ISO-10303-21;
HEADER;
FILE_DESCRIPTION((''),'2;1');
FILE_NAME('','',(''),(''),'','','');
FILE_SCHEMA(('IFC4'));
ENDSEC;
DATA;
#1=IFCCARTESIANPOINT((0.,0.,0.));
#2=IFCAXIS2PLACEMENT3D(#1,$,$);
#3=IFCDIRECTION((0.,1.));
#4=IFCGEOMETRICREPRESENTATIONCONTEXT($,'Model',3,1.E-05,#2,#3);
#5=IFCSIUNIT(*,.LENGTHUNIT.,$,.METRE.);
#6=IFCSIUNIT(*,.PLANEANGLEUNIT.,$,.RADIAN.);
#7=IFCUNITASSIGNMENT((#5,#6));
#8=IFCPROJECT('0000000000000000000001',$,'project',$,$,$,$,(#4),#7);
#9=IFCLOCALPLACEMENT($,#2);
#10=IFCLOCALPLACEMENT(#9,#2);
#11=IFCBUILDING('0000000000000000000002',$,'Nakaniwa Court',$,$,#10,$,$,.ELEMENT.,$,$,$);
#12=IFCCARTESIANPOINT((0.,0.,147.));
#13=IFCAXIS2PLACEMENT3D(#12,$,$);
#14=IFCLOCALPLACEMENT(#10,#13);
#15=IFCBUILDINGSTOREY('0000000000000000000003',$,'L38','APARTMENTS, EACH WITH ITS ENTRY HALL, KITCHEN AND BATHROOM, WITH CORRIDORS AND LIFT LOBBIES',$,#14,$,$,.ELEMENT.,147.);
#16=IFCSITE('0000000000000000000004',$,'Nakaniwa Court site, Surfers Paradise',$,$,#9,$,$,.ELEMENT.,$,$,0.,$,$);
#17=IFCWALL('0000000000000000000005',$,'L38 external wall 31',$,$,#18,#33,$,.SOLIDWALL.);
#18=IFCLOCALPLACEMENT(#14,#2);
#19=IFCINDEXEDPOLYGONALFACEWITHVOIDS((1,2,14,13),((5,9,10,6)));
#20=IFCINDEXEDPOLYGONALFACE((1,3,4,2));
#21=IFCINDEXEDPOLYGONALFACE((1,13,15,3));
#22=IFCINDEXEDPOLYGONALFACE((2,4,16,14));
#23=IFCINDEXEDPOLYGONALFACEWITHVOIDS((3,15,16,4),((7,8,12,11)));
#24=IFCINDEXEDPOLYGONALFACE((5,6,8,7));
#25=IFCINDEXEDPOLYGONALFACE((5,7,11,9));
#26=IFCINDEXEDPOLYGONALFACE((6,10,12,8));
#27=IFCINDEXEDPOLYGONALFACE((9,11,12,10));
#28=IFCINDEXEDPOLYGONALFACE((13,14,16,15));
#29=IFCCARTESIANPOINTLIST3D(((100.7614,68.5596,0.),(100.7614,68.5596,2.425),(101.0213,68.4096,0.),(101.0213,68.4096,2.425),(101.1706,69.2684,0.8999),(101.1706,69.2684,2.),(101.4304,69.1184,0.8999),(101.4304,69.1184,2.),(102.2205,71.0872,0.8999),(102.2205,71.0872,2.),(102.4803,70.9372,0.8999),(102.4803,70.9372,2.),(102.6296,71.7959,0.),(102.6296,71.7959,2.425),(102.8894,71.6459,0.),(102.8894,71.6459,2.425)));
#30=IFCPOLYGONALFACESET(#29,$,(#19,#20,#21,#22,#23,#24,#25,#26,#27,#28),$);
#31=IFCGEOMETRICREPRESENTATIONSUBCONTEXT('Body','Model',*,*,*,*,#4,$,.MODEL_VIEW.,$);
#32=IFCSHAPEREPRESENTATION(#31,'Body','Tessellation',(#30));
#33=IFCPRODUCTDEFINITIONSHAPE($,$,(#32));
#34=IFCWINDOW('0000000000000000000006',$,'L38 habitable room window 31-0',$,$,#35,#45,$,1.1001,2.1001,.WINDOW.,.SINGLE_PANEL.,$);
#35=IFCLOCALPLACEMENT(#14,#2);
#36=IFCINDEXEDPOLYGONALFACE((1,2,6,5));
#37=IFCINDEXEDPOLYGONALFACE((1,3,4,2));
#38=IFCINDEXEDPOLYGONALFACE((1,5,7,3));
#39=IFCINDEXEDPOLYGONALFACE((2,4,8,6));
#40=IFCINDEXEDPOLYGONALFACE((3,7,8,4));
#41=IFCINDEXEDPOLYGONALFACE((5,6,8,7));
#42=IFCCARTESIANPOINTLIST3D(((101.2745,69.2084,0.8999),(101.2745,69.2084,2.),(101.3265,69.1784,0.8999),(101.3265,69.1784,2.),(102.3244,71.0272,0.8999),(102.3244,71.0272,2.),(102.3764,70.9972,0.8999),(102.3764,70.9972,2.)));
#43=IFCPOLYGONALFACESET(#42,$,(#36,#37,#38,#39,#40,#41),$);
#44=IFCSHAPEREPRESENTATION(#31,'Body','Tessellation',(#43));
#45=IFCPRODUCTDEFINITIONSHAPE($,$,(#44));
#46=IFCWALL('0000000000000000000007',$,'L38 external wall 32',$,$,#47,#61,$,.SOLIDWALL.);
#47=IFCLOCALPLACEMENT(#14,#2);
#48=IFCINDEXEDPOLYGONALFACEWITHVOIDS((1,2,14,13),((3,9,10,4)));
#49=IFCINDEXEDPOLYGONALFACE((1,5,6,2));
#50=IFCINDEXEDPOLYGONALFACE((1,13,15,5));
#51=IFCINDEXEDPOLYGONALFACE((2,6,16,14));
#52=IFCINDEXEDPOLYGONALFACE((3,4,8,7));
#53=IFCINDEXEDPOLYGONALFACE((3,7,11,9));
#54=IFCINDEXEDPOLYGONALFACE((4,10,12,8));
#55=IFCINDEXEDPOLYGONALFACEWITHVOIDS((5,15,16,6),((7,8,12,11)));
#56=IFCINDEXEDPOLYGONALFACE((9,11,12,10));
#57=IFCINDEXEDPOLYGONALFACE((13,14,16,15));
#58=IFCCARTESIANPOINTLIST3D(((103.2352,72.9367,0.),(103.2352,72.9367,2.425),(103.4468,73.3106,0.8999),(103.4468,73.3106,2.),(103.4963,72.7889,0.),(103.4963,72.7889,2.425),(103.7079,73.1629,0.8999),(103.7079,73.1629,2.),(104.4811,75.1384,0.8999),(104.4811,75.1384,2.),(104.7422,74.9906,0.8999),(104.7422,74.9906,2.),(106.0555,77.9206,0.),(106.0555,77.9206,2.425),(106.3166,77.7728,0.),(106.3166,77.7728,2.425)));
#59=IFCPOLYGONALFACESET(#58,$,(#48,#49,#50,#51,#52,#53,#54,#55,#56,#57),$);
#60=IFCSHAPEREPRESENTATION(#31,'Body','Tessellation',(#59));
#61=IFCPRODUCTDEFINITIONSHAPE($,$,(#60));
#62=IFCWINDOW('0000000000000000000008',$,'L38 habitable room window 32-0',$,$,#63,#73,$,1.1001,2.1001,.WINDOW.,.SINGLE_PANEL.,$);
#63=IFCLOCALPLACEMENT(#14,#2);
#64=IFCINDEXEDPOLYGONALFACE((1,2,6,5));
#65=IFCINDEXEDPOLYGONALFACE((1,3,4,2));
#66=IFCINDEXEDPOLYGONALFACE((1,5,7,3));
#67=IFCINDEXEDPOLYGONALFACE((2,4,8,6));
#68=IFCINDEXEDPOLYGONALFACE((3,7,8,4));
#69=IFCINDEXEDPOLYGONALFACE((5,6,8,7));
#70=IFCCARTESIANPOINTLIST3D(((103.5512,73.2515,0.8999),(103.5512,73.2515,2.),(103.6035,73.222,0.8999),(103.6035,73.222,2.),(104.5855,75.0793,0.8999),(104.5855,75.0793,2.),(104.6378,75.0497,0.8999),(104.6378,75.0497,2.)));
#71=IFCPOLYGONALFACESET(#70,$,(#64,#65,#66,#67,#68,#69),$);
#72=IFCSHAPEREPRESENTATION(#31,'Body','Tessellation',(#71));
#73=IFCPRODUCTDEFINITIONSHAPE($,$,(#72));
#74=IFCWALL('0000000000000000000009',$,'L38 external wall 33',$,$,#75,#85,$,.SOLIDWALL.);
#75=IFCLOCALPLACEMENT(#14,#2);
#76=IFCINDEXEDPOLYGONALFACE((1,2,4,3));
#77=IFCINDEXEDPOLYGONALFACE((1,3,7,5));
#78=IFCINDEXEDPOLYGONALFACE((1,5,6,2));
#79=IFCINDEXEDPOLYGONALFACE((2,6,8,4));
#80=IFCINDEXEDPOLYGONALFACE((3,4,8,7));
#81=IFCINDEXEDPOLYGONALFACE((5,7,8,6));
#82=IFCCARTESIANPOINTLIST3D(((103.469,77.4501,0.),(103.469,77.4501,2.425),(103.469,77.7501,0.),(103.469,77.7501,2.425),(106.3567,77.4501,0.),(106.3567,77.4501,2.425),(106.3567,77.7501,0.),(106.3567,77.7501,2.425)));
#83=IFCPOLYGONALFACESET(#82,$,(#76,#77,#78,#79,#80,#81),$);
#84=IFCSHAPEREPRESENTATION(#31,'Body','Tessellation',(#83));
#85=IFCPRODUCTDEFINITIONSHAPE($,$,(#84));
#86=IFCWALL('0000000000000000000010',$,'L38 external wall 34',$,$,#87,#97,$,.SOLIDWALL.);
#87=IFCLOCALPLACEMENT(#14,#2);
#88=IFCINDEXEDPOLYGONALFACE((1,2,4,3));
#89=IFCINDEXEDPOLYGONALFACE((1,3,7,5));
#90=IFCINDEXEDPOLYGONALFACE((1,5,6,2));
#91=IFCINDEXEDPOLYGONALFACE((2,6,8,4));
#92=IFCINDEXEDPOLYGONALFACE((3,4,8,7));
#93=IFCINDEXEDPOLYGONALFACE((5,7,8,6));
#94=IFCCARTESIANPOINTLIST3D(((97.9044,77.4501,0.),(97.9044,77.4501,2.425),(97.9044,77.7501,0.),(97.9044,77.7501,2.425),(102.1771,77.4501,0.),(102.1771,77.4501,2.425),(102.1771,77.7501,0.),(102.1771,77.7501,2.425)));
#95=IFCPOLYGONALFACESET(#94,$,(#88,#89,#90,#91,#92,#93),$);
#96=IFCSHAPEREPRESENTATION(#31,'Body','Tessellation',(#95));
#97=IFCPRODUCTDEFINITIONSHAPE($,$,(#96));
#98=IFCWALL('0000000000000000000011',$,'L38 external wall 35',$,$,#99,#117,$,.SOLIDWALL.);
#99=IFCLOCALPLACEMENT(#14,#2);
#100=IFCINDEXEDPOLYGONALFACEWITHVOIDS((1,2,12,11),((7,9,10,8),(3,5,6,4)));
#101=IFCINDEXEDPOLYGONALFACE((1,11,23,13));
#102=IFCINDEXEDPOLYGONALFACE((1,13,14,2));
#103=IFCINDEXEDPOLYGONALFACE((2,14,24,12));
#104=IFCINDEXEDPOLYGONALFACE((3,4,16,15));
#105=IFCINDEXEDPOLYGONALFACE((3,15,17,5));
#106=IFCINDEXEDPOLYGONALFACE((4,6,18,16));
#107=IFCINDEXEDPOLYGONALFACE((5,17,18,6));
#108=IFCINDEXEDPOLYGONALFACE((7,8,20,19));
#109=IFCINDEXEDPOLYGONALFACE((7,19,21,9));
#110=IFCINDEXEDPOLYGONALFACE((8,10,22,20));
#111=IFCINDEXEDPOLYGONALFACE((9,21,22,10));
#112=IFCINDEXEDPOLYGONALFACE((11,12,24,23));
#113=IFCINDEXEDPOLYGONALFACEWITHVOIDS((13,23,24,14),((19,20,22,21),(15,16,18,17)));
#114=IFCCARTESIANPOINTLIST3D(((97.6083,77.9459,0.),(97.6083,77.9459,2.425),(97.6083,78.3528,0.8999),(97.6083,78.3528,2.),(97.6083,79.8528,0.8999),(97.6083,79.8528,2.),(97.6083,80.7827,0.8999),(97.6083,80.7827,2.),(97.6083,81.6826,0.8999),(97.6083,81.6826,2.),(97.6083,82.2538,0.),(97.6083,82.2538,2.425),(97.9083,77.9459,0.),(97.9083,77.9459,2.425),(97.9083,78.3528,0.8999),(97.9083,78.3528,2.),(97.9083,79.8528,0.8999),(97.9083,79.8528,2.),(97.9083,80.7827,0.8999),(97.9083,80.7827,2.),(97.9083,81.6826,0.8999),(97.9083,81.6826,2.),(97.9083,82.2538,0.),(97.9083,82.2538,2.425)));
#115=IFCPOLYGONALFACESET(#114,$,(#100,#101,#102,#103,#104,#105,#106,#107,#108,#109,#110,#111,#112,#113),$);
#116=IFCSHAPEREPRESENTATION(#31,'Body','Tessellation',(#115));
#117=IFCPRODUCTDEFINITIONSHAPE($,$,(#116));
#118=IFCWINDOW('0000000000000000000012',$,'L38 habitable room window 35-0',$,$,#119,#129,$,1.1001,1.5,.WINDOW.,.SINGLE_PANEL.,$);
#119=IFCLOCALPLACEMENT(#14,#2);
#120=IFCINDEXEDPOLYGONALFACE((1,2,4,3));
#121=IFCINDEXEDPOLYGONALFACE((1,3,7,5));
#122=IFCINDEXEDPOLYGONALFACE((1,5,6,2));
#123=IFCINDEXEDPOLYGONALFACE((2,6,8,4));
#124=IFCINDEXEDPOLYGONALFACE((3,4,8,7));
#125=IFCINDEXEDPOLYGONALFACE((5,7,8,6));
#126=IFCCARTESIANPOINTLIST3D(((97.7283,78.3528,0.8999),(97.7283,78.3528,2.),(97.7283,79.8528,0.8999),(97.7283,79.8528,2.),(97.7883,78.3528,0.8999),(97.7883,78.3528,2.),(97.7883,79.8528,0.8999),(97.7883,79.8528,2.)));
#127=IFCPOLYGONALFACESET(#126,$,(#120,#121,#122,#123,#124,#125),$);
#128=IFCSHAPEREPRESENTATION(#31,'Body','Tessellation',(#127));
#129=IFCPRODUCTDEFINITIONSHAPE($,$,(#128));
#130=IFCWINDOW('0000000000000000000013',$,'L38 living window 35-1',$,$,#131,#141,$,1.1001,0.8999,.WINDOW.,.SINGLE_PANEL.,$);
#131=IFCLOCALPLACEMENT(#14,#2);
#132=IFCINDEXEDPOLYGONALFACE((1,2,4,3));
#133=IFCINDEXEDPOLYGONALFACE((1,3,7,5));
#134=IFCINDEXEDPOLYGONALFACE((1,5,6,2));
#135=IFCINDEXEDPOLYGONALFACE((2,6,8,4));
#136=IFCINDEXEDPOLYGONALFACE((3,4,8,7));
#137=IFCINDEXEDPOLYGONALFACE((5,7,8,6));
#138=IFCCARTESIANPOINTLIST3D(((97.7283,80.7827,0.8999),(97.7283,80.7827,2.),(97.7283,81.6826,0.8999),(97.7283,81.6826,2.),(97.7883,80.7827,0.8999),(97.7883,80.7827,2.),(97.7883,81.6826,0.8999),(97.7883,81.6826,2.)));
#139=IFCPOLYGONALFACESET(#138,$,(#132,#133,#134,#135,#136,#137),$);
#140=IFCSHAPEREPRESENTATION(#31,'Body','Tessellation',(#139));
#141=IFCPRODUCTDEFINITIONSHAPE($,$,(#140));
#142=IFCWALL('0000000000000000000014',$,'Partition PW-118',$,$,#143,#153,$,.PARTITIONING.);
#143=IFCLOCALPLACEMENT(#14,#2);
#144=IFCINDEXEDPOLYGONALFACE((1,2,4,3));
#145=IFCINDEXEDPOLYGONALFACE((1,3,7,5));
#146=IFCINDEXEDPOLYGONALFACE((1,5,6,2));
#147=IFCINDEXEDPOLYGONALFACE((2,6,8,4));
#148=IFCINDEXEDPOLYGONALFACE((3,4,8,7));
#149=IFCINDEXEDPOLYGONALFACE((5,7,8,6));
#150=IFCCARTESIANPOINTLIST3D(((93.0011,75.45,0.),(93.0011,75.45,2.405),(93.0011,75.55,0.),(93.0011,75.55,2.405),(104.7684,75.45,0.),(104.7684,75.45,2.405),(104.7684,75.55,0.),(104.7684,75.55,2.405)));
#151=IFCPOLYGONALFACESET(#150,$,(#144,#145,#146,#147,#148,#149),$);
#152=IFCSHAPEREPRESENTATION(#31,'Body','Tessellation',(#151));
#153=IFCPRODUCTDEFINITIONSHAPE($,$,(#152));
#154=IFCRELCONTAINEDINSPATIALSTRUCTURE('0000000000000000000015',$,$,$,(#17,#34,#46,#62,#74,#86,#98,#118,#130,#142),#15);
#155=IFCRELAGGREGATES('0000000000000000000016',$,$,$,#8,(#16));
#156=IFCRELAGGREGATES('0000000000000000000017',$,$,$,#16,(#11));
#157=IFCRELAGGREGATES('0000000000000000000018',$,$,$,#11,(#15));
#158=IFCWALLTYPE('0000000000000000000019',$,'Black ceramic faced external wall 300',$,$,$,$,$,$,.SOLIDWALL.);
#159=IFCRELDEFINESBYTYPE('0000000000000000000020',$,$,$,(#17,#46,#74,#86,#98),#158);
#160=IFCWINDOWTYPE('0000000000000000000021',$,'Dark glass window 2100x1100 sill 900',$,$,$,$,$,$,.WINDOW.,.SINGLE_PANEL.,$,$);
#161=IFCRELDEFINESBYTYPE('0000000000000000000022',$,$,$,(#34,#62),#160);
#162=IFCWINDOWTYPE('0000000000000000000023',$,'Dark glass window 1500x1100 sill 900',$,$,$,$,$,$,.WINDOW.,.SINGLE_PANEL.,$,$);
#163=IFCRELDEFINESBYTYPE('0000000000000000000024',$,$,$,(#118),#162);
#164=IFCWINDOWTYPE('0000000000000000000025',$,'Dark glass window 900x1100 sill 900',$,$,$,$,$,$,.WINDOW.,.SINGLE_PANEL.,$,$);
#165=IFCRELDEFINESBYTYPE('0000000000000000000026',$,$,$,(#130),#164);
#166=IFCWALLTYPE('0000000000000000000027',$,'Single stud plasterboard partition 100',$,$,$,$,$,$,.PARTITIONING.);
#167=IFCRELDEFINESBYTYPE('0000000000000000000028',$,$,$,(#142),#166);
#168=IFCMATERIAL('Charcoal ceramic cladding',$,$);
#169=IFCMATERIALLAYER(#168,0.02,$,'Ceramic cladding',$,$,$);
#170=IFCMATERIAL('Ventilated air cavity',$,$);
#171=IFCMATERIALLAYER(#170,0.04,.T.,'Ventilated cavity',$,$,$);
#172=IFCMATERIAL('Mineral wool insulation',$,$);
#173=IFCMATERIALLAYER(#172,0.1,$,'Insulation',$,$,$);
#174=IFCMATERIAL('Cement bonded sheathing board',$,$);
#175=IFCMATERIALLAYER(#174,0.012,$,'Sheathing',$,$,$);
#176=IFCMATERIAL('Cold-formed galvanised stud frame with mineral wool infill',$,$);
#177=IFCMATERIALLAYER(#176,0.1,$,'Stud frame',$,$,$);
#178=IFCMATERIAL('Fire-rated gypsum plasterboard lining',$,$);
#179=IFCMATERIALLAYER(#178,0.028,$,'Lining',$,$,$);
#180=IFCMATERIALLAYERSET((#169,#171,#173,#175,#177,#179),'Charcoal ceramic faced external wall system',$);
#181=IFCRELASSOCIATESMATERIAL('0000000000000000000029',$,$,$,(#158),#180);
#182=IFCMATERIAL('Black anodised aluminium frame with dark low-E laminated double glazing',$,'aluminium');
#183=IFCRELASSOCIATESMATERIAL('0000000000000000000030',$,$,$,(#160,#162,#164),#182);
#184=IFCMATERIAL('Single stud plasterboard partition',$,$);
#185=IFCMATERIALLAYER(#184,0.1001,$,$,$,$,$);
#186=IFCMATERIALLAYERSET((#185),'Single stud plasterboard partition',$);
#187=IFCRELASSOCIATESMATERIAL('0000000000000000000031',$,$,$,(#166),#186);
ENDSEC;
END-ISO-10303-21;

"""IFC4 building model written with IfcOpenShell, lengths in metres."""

from ifc_helpers import new_model, si_unit, direction, frame, frame_2d, origin, place, context, subcontext, project, spatial, rectangle, extrude, material, layer, layer_set, type_object, element, fill, save


model = new_model("IFC4")

# Units and contexts
model_context = context("Model", 3, precision=1e-05, world=origin(), true_north=direction((0.0, 1.0)))
body_context = subcontext(model_context, "Body", "Model", "MODEL_VIEW")
ifc_project = project(units=[si_unit("LENGTHUNIT", "METRE"), si_unit("PLANEANGLEUNIT", "RADIAN")], contexts=[model_context])

# Site, building, storey
site_placement = place(None, origin())
site = spatial("IfcSite", under=ifc_project, at=site_placement, Name="Nakaniwa Court site, Surfers Paradise", CompositionType="ELEMENT", RefElevation=0.0)
building_placement = place(site_placement, origin())
building = spatial("IfcBuilding", under=site, at=building_placement, Name="Nakaniwa Court", CompositionType="ELEMENT")
storey_placement = place(building_placement, frame((0.0, 0.0, 147.0)))
storey = spatial("IfcBuildingStorey", under=building, at=storey_placement, Name="L38", Description="APARTMENTS, EACH WITH ITS ENTRY HALL, KITCHEN AND BATHROOM, WITH CORRIDORS AND LIFT LOBBIES", CompositionType="ELEMENT", Elevation=147.0)

# Walls, openings, windows
ifc_material_1 = material(Name="Charcoal ceramic cladding")
ifc_layer_1 = layer(ifc_material_1, 0.02, Name="Ceramic cladding")
ifc_material_2 = material(Name="Ventilated air cavity")
ifc_layer_2 = layer(ifc_material_2, 0.04, ventilated=True, Name="Ventilated cavity")
ifc_material_3 = material(Name="Mineral wool insulation")
ifc_layer_3 = layer(ifc_material_3, 0.1, Name="Insulation")
ifc_material_4 = material(Name="Cement bonded sheathing board")
ifc_layer_4 = layer(ifc_material_4, 0.012, Name="Sheathing")
ifc_material_5 = material(Name="Cold-formed galvanised stud frame with mineral wool infill")
ifc_layer_5 = layer(ifc_material_5, 0.1, Name="Stud frame")
ifc_material_6 = material(Name="Fire-rated gypsum plasterboard lining")
ifc_layer_6 = layer(ifc_material_6, 0.028, Name="Lining")
ifc_layer_set_1 = layer_set([ifc_layer_1, ifc_layer_2, ifc_layer_3, ifc_layer_4, ifc_layer_5, ifc_layer_6], Name="Charcoal ceramic faced external wall system")
wall_type_1 = type_object("IfcWallType", Name="Black ceramic faced external wall 300", PredefinedType="SOLIDWALL", material=ifc_layer_set_1)
wall_1_placement = place(storey_placement, frame((100.8914, 68.4846, 0.0), z_axis=(0.0, 0.0, 1.0), x_axis=(0.499934, 0.866064, 0.0)))
wall_1 = element("IfcWall", 1, at=wall_1_placement, inside=storey, type_object=wall_type_1, Name="L38 external wall 31", PredefinedType="SOLIDWALL", context=body_context, shape_type="SweptSolid", body=[
    extrude(rectangle(XDim=3.7368, YDim=0.3, at=frame_2d((1.8684, 0.0))), origin(), (0.0, 0.0, 1.0), 2.425),
])
opening_1_placement = place(wall_1_placement, frame((0.8184, 0.0, 0.8999)))
opening_1 = element("IfcOpeningElement", 2, at=opening_1_placement, cuts=wall_1, PredefinedType="OPENING", context=body_context, shape_type="SweptSolid", body=[
    extrude(rectangle(XDim=2.1001, YDim=1.1001, at=frame_2d((1.05, 0.55))), frame((0.0, 0.1599, 0.0), z_axis=(0.0, -1.0, 0.0), x_axis=(1.0, 0.0, 0.0)), (0.0, 0.0, 1.0), 0.3201),
])
ifc_material_7 = material(Name="Black anodised aluminium frame with dark low-E laminated double glazing", Category="aluminium")
window_type_1 = type_object("IfcWindowType", Name="Dark glass window 2100x1100 sill 900", PartitioningType="SINGLE_PANEL", PredefinedType="WINDOW", material=ifc_material_7)
window_1_placement = place(opening_1_placement, origin())
window_1 = element("IfcWindow", 3, at=window_1_placement, inside=storey, type_object=window_type_1, Name="L38 habitable room window 31-0", OverallHeight=1.1001, OverallWidth=2.1001, PartitioningType="SINGLE_PANEL", PredefinedType="WINDOW", context=body_context, shape_type="SweptSolid", body=[
    extrude(rectangle(XDim=2.1001, YDim=1.1001, at=frame_2d((1.05, 0.55))), frame((0.0, 0.03, 0.0), z_axis=(0.0, -1.0, 0.0), x_axis=(1.0, 0.0, 0.0)), (0.0, 0.0, 1.0), 0.0601),
])
fill(opening_1, window_1)
wall_2_placement = place(storey_placement, frame((103.3657, 72.8628, 0.0), z_axis=(0.0, 0.0, 1.0), x_axis=(0.492498, 0.870313, 0.0)))
wall_2 = element("IfcWall", 4, at=wall_2_placement, inside=storey, type_object=wall_type_1, Name="L38 external wall 32", PredefinedType="SOLIDWALL", context=body_context, shape_type="SweptSolid", body=[
    extrude(rectangle(XDim=5.7266, YDim=0.3, at=frame_2d((2.8633, 0.0))), origin(), (0.0, 0.0, 1.0), 2.425),
])
opening_2_placement = place(wall_2_placement, frame((0.4297, 0.0, 0.8999)))
opening_2 = element("IfcOpeningElement", 5, at=opening_2_placement, cuts=wall_2, PredefinedType="OPENING", context=body_context, shape_type="SweptSolid", body=[
    extrude(rectangle(XDim=2.1001, YDim=1.1001, at=frame_2d((1.05, 0.55))), frame((0.0, 0.1599, 0.0), z_axis=(0.0, -1.0, 0.0), x_axis=(1.0, 0.0, 0.0)), (0.0, 0.0, 1.0), 0.3201),
])
window_2_placement = place(opening_2_placement, origin())
window_2 = element("IfcWindow", 6, at=window_2_placement, inside=storey, type_object=window_type_1, Name="L38 habitable room window 32-0", OverallHeight=1.1001, OverallWidth=2.1001, PartitioningType="SINGLE_PANEL", PredefinedType="WINDOW", context=body_context, shape_type="SweptSolid", body=[
    extrude(rectangle(XDim=2.1001, YDim=1.1001, at=frame_2d((1.05, 0.55))), frame((0.0, 0.03, 0.0), z_axis=(0.0, -1.0, 0.0), x_axis=(1.0, 0.0, 0.0)), (0.0, 0.0, 1.0), 0.0601),
])
fill(opening_2, window_2)

# Walls
wall_3_placement = place(storey_placement, frame((106.3567, 77.6001, 0.0), z_axis=(0.0, 0.0, 1.0), x_axis=(-1.0, 0.0, 0.0)))
element("IfcWall", 7, at=wall_3_placement, inside=storey, type_object=wall_type_1, Name="L38 external wall 33", PredefinedType="SOLIDWALL", context=body_context, shape_type="SweptSolid", body=[
    extrude(rectangle(XDim=2.8877, YDim=0.3, at=frame_2d((1.4438, 0.0))), origin(), (0.0, 0.0, 1.0), 2.425),
])
wall_4_placement = place(storey_placement, frame((102.177, 77.6001, 0.0), z_axis=(0.0, 0.0, 1.0), x_axis=(-1.0, 0.0, 0.0)))
element("IfcWall", 8, at=wall_4_placement, inside=storey, type_object=wall_type_1, Name="L38 external wall 34", PredefinedType="SOLIDWALL", context=body_context, shape_type="SweptSolid", body=[
    extrude(rectangle(XDim=4.2727, YDim=0.3, at=frame_2d((2.1362, 0.0))), origin(), (0.0, 0.0, 1.0), 2.425),
])

# Wall, openings, windows
wall_5_placement = place(storey_placement, frame((97.7583, 77.946, 0.0), z_axis=(0.0, 0.0, 1.0), x_axis=(0.0, 1.0, 0.0)))
wall_5 = element("IfcWall", 9, at=wall_5_placement, inside=storey, type_object=wall_type_1, Name="L38 external wall 35", PredefinedType="SOLIDWALL", context=body_context, shape_type="SweptSolid", body=[
    extrude(rectangle(XDim=4.3079, YDim=0.3, at=frame_2d((2.1538, 0.0))), origin(), (0.0, 0.0, 1.0), 2.425),
])
opening_3_placement = place(wall_5_placement, frame((0.4067, 0.0, 0.8999)))
opening_3 = element("IfcOpeningElement", 10, at=opening_3_placement, cuts=wall_5, PredefinedType="OPENING", context=body_context, shape_type="SweptSolid", body=[
    extrude(rectangle(XDim=1.5, YDim=1.1001, at=frame_2d((0.75, 0.55))), frame((0.0, 0.1599, 0.0), z_axis=(0.0, -1.0, 0.0), x_axis=(1.0, 0.0, 0.0)), (0.0, 0.0, 1.0), 0.3201),
])
opening_4_placement = place(wall_5_placement, frame((2.8367, 0.0, 0.8999)))
opening_4 = element("IfcOpeningElement", 11, at=opening_4_placement, cuts=wall_5, PredefinedType="OPENING", context=body_context, shape_type="SweptSolid", body=[
    extrude(rectangle(XDim=0.8999, YDim=1.1001, at=frame_2d((0.45, 0.55))), frame((0.0, 0.1599, 0.0), z_axis=(0.0, -1.0, 0.0), x_axis=(1.0, 0.0, 0.0)), (0.0, 0.0, 1.0), 0.3201),
])
window_type_2 = type_object("IfcWindowType", Name="Dark glass window 1500x1100 sill 900", PartitioningType="SINGLE_PANEL", PredefinedType="WINDOW", material=ifc_material_7)
window_3_placement = place(opening_3_placement, origin())
window_3 = element("IfcWindow", 12, at=window_3_placement, inside=storey, type_object=window_type_2, Name="L38 habitable room window 35-0", OverallHeight=1.1001, OverallWidth=1.5, PartitioningType="SINGLE_PANEL", PredefinedType="WINDOW", context=body_context, shape_type="SweptSolid", body=[
    extrude(rectangle(XDim=1.5, YDim=1.1001, at=frame_2d((0.75, 0.55))), frame((0.0, 0.03, 0.0), z_axis=(0.0, -1.0, 0.0), x_axis=(1.0, 0.0, 0.0)), (0.0, 0.0, 1.0), 0.0601),
])
fill(opening_3, window_3)
window_type_3 = type_object("IfcWindowType", Name="Dark glass window 900x1100 sill 900", PartitioningType="SINGLE_PANEL", PredefinedType="WINDOW", material=ifc_material_7)
window_4_placement = place(opening_4_placement, origin())
window_4 = element("IfcWindow", 13, at=window_4_placement, inside=storey, type_object=window_type_3, Name="L38 living window 35-1", OverallHeight=1.1001, OverallWidth=0.8999, PartitioningType="SINGLE_PANEL", PredefinedType="WINDOW", context=body_context, shape_type="SweptSolid", body=[
    extrude(rectangle(XDim=0.8999, YDim=1.1001, at=frame_2d((0.45, 0.55))), frame((0.0, 0.03, 0.0), z_axis=(0.0, -1.0, 0.0), x_axis=(1.0, 0.0, 0.0)), (0.0, 0.0, 1.0), 0.0601),
])
fill(opening_4, window_4)

# Wall
ifc_material_8 = material(Name="Single stud plasterboard partition")
ifc_layer_7 = layer(ifc_material_8, 0.1001)
ifc_layer_set_2 = layer_set([ifc_layer_7], Name="Single stud plasterboard partition")
wall_type_2 = type_object("IfcWallType", Name="Single stud plasterboard partition 100", PredefinedType="PARTITIONING", material=ifc_layer_set_2)
wall_6_placement = place(storey_placement, frame((93.001, 75.5, 0.0), z_axis=(0.0, 0.0, 1.0), x_axis=(1.0, 0.0, 0.0)))
element("IfcWall", 14, at=wall_6_placement, inside=storey, type_object=wall_type_2, Name="Partition PW-118", PredefinedType="PARTITIONING", context=body_context, shape_type="SweptSolid", body=[
    extrude(rectangle(XDim=11.7673, YDim=0.1001, at=frame_2d((5.8838, 0.0))), origin(), (0.0, 0.0, 1.0), 2.405),
])

save(model, "model.ifc")
